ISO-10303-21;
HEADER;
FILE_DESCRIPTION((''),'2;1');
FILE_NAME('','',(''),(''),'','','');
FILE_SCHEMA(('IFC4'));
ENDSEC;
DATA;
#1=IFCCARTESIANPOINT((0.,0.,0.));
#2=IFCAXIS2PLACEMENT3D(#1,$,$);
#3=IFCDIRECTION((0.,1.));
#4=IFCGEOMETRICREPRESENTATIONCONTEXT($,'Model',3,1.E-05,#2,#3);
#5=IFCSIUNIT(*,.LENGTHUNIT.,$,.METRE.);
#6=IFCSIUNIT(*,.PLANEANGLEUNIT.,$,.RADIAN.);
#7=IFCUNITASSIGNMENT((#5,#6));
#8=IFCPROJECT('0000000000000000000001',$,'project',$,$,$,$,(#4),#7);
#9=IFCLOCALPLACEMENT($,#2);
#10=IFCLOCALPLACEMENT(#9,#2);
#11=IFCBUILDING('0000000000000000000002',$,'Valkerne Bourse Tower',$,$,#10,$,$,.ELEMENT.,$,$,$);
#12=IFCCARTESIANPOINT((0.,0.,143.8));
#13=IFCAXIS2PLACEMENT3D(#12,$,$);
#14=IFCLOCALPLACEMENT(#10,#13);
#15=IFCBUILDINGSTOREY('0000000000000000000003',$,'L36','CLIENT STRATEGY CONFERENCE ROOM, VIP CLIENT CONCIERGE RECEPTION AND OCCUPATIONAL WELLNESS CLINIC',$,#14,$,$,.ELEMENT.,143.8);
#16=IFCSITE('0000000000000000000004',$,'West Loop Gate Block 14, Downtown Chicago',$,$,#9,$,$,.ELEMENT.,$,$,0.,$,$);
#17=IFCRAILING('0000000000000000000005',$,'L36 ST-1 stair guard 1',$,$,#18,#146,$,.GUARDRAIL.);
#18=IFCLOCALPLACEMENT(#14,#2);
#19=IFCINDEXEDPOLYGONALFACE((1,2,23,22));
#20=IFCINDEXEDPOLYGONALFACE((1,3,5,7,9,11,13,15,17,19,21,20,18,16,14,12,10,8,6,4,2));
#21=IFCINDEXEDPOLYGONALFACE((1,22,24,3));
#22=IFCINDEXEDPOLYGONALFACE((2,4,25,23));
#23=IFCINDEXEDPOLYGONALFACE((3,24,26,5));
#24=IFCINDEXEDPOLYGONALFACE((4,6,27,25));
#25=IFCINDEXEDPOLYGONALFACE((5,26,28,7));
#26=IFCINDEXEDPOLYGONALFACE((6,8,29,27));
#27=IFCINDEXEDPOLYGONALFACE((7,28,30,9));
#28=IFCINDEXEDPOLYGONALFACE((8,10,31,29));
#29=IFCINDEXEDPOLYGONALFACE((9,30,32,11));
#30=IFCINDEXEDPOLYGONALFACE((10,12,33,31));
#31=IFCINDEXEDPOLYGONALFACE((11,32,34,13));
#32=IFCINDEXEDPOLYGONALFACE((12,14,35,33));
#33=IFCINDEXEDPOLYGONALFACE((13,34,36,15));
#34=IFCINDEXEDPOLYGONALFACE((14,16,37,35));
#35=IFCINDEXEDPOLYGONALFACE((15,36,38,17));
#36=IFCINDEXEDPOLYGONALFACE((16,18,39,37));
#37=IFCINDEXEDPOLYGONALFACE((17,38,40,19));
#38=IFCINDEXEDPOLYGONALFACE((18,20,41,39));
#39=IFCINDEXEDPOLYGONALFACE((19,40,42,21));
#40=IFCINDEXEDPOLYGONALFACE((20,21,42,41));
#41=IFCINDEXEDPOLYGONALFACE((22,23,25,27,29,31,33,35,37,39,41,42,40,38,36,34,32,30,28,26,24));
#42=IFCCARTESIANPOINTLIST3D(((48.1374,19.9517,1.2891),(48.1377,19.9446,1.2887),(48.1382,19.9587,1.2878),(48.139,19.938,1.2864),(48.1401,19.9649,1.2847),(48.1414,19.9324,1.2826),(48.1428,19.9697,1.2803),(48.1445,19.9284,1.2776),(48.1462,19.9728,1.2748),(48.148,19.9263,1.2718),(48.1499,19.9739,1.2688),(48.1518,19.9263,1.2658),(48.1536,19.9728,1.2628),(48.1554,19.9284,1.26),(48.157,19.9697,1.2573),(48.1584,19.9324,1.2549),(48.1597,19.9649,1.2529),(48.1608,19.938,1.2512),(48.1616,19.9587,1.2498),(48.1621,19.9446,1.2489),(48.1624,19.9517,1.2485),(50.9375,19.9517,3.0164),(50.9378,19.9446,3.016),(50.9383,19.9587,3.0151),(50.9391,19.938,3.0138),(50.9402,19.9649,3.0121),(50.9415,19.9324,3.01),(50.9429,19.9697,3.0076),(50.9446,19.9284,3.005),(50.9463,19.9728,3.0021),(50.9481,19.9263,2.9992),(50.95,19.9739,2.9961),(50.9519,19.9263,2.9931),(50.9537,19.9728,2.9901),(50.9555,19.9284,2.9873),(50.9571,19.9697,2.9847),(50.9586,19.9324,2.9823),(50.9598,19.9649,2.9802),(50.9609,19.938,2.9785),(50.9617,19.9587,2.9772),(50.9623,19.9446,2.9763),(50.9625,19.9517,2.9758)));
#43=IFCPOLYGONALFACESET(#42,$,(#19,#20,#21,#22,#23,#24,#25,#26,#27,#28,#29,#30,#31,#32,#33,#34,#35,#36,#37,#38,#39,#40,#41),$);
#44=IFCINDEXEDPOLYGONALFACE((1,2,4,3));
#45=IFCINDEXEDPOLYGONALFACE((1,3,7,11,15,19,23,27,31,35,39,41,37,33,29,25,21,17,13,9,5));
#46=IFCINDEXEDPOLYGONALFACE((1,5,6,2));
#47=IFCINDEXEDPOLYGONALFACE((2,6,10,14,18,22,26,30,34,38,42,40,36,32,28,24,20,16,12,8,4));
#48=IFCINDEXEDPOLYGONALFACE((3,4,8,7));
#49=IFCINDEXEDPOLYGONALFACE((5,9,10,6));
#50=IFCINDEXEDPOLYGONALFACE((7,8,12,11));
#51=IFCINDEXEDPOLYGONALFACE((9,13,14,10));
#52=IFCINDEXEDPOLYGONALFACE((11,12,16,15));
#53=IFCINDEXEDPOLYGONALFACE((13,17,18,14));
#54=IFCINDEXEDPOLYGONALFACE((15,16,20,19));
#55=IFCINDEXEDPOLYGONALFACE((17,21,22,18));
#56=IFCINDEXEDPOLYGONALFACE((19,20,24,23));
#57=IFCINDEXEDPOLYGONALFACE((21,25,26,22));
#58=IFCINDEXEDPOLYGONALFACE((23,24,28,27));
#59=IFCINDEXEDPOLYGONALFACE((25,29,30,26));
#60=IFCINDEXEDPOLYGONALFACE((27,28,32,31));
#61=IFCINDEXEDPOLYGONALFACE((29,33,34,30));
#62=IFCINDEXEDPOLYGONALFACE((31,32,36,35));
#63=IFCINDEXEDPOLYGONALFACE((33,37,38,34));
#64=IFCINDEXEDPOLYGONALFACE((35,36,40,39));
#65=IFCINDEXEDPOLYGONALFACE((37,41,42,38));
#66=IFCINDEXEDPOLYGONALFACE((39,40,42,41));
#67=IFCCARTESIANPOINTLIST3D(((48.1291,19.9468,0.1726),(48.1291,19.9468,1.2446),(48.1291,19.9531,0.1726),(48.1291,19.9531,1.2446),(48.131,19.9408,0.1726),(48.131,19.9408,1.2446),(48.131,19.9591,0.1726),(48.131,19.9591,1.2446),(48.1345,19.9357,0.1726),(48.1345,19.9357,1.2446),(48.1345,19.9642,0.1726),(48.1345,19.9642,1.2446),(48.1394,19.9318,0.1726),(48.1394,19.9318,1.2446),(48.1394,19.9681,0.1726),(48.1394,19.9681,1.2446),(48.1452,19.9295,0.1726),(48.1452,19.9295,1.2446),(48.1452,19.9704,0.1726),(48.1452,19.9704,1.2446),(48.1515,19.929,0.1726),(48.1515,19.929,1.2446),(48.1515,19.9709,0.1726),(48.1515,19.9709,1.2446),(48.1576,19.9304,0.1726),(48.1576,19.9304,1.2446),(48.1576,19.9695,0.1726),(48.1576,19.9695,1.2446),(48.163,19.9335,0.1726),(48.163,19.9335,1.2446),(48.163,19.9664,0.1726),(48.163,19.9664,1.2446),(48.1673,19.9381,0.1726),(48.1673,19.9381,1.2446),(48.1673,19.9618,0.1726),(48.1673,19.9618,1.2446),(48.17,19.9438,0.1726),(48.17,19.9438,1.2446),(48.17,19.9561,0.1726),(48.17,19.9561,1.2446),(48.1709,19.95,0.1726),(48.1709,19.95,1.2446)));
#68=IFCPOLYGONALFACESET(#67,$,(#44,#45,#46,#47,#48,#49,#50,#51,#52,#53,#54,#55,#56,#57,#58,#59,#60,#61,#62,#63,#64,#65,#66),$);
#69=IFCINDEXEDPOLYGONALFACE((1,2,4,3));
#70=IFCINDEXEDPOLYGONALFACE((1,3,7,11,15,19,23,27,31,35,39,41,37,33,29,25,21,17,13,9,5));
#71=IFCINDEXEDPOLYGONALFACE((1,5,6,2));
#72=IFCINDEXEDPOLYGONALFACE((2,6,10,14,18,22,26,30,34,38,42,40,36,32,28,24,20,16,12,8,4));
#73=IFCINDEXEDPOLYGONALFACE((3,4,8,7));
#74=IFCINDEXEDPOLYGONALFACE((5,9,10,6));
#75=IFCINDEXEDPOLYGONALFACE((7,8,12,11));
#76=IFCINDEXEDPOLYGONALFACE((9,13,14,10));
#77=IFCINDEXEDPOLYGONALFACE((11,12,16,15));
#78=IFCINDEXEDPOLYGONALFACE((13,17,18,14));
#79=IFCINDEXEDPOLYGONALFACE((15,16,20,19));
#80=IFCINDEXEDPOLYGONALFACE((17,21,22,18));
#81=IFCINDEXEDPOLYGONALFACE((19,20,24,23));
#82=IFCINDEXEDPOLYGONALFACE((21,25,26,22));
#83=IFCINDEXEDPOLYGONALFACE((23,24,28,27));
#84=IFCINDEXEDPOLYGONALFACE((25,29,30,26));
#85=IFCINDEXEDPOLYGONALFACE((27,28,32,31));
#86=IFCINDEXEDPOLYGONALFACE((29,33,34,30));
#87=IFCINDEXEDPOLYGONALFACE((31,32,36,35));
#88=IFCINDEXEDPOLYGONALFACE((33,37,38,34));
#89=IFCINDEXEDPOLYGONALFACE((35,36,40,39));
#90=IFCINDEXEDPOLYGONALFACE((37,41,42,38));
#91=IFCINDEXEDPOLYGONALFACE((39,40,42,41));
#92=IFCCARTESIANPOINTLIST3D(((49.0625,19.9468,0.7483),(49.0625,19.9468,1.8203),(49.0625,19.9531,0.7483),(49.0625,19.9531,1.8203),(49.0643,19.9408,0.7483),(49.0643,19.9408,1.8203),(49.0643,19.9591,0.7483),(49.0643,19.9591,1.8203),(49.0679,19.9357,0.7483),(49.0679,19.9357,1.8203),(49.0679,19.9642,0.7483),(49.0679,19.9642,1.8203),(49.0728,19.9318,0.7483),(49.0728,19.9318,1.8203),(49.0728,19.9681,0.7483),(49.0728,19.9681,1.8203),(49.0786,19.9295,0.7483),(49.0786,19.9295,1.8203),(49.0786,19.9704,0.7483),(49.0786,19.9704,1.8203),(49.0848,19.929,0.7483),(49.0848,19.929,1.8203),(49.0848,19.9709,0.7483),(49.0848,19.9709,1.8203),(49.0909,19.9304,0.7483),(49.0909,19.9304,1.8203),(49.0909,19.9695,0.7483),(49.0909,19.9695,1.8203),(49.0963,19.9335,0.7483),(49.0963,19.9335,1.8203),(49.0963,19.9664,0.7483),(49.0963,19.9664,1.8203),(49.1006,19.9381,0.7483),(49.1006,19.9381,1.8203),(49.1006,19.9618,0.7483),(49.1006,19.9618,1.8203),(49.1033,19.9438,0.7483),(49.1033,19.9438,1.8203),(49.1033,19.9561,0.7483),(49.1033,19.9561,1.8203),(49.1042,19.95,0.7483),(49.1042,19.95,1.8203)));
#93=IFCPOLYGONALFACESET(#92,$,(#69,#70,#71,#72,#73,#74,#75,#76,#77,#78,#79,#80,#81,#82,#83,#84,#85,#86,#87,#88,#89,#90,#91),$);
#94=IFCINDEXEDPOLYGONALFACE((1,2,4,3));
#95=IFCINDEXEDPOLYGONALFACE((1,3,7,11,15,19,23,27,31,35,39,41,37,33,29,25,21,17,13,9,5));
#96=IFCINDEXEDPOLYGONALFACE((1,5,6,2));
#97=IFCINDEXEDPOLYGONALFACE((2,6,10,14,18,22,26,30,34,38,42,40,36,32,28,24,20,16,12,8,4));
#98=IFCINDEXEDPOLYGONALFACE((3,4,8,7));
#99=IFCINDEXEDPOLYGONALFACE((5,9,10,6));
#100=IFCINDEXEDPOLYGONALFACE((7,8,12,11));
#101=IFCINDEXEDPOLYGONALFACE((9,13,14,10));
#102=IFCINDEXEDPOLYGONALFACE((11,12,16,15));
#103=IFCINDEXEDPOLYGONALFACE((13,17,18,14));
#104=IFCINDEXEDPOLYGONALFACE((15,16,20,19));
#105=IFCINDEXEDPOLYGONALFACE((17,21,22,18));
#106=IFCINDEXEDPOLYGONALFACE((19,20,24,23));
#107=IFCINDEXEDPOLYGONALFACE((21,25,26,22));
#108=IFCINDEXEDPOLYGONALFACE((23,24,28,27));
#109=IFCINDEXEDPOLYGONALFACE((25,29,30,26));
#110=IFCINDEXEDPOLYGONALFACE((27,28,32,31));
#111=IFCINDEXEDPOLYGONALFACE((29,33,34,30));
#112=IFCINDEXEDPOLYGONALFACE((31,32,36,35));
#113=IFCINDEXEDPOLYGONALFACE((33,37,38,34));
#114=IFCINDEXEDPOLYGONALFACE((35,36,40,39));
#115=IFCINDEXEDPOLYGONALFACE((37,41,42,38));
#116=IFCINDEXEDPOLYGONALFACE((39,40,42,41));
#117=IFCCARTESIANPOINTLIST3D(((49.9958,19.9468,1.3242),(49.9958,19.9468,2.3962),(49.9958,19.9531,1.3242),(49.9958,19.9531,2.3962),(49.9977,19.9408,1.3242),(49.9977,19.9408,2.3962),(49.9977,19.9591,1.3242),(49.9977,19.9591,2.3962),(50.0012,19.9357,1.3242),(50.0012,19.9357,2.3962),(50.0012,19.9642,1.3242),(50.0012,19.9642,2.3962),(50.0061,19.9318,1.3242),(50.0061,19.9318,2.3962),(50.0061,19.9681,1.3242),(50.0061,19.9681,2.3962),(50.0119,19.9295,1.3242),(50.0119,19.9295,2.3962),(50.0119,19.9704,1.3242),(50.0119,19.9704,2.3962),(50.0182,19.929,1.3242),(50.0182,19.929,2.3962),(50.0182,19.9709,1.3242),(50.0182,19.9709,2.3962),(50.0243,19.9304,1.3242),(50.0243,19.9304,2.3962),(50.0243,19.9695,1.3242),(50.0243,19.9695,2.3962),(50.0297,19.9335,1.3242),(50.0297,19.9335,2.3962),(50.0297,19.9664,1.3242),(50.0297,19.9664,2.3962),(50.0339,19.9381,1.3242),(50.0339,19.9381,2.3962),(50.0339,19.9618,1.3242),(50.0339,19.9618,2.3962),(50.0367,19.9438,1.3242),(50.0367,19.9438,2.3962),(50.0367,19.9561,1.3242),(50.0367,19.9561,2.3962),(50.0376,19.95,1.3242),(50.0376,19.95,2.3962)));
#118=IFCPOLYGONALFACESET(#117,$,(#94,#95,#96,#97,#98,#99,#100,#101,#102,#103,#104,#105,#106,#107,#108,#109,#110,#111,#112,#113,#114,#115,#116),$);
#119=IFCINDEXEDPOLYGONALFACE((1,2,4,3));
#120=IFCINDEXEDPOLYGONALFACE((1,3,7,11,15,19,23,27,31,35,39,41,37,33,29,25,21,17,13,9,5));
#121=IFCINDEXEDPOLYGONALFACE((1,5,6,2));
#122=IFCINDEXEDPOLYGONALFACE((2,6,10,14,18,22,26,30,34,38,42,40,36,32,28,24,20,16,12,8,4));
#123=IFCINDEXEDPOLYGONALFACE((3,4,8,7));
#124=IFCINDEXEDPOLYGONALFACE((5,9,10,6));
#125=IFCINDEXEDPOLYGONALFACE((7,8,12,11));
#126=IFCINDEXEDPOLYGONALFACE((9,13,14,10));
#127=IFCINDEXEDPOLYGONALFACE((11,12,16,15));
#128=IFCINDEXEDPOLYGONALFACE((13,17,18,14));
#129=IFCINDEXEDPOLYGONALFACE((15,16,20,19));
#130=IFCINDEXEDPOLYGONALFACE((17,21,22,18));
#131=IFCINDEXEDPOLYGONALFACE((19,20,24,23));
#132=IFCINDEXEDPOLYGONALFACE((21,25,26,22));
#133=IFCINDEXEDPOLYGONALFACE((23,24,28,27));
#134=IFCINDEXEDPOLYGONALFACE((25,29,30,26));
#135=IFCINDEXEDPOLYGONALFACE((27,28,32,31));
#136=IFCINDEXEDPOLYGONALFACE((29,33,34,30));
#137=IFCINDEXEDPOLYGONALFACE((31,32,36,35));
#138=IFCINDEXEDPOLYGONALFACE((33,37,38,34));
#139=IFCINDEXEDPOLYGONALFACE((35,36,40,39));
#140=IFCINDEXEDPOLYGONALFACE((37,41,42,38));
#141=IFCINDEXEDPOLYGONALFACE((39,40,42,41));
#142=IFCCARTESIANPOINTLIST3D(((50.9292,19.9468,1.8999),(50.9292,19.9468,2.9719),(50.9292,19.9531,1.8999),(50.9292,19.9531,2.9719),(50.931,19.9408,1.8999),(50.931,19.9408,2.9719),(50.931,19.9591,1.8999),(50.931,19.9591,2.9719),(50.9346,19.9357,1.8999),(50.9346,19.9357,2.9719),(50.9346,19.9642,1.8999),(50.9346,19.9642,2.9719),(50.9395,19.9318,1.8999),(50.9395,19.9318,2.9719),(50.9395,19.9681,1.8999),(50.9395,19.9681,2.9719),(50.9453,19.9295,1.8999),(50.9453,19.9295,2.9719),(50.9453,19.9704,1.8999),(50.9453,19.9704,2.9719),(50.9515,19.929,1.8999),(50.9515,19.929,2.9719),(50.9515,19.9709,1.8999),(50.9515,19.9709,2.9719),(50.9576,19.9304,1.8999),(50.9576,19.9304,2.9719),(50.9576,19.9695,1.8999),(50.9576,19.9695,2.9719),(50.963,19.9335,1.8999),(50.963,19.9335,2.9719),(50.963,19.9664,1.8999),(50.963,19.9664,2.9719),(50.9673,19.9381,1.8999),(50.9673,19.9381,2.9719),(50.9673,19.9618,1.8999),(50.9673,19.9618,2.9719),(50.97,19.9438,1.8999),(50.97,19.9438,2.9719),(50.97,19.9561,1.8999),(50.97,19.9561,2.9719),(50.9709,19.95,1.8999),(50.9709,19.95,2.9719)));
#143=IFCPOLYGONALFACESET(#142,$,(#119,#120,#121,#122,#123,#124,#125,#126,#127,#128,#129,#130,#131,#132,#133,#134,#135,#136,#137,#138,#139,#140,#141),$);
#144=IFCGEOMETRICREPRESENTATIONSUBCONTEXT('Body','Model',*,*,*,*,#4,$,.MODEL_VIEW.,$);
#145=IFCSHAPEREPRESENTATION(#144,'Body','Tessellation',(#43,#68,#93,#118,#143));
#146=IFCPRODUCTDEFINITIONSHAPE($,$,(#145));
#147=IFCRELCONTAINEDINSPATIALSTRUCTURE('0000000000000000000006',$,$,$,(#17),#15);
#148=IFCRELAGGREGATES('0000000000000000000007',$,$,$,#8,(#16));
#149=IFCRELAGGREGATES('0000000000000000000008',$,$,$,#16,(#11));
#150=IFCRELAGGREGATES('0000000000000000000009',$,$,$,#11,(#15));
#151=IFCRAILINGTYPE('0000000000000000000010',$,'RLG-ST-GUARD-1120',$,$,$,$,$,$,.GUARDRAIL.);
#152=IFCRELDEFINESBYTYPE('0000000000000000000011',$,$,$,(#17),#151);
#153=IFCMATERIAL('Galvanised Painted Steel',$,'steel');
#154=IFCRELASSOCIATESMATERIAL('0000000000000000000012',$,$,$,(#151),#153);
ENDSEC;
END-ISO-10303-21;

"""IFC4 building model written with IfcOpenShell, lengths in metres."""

from ifc_helpers import new_model, si_unit, direction, frame, origin, origin_2d, place, context, subcontext, project, spatial, circle, extrude, material, type_object, element, save


model = new_model("IFC4")

# Units and contexts
model_context = context("Model", 3, precision=1e-05, world=origin(), true_north=direction((0.0, 1.0)))
body_context = subcontext(model_context, "Body", "Model", "MODEL_VIEW")
ifc_project = project(units=[si_unit("LENGTHUNIT", "METRE"), si_unit("PLANEANGLEUNIT", "RADIAN")], contexts=[model_context])

# Site, building, storey
site_placement = place(None, origin())
site = spatial("IfcSite", under=ifc_project, at=site_placement, Name="West Loop Gate Block 14, Downtown Chicago", CompositionType="ELEMENT", RefElevation=0.0)
building_placement = place(site_placement, origin())
building = spatial("IfcBuilding", under=site, at=building_placement, Name="Valkerne Bourse Tower", CompositionType="ELEMENT")
storey_placement = place(building_placement, frame((0.0, 0.0, 143.8)))
storey = spatial("IfcBuildingStorey", under=building, at=storey_placement, Name="L36", Description="CLIENT STRATEGY CONFERENCE ROOM, VIP CLIENT CONCIERGE RECEPTION AND OCCUPATIONAL WELLNESS CLINIC", CompositionType="ELEMENT", Elevation=143.8)

# Shared definitions
ifc_material_1 = material(Name="Galvanised Painted Steel", Category="steel")

# Railing
railing_type_1 = type_object("IfcRailingType", Name="RLG-ST-GUARD-1120", PredefinedType="GUARDRAIL", material=ifc_material_1)
railing_1_placement = place(storey_placement, frame((48.1499, 19.95, 0.1726)))
element("IfcRailing", 1, at=railing_1_placement, inside=storey, type_object=railing_type_1, Name="L36 ST-1 stair guard 1", PredefinedType="GUARDRAIL", context=body_context, shape_type="SweptSolid", body=[
    extrude(circle(Radius=0.0239, at=origin_2d()), frame((0.0, 0.0, 1.0962), z_axis=(0.85109, 0.0, 0.52502), x_axis=(0.0, 1.0, 0.0)), (0.0, 0.0, 1.0), 3.29),
    extrude(circle(Radius=0.021, at=origin_2d()), origin(), (0.0, 0.0, 1.0), 1.072),
    extrude(circle(Radius=0.021, at=origin_2d()), frame((0.9333, 0.0, 0.5757)), (0.0, 0.0, 1.0), 1.072),
    extrude(circle(Radius=0.021, at=origin_2d()), frame((1.8667, 0.0, 1.1516)), (0.0, 0.0, 1.0), 1.072),
    extrude(circle(Radius=0.021, at=origin_2d()), frame((2.8, 0.0, 1.7273)), (0.0, 0.0, 1.0), 1.072),
])

save(model, "model.ifc")
